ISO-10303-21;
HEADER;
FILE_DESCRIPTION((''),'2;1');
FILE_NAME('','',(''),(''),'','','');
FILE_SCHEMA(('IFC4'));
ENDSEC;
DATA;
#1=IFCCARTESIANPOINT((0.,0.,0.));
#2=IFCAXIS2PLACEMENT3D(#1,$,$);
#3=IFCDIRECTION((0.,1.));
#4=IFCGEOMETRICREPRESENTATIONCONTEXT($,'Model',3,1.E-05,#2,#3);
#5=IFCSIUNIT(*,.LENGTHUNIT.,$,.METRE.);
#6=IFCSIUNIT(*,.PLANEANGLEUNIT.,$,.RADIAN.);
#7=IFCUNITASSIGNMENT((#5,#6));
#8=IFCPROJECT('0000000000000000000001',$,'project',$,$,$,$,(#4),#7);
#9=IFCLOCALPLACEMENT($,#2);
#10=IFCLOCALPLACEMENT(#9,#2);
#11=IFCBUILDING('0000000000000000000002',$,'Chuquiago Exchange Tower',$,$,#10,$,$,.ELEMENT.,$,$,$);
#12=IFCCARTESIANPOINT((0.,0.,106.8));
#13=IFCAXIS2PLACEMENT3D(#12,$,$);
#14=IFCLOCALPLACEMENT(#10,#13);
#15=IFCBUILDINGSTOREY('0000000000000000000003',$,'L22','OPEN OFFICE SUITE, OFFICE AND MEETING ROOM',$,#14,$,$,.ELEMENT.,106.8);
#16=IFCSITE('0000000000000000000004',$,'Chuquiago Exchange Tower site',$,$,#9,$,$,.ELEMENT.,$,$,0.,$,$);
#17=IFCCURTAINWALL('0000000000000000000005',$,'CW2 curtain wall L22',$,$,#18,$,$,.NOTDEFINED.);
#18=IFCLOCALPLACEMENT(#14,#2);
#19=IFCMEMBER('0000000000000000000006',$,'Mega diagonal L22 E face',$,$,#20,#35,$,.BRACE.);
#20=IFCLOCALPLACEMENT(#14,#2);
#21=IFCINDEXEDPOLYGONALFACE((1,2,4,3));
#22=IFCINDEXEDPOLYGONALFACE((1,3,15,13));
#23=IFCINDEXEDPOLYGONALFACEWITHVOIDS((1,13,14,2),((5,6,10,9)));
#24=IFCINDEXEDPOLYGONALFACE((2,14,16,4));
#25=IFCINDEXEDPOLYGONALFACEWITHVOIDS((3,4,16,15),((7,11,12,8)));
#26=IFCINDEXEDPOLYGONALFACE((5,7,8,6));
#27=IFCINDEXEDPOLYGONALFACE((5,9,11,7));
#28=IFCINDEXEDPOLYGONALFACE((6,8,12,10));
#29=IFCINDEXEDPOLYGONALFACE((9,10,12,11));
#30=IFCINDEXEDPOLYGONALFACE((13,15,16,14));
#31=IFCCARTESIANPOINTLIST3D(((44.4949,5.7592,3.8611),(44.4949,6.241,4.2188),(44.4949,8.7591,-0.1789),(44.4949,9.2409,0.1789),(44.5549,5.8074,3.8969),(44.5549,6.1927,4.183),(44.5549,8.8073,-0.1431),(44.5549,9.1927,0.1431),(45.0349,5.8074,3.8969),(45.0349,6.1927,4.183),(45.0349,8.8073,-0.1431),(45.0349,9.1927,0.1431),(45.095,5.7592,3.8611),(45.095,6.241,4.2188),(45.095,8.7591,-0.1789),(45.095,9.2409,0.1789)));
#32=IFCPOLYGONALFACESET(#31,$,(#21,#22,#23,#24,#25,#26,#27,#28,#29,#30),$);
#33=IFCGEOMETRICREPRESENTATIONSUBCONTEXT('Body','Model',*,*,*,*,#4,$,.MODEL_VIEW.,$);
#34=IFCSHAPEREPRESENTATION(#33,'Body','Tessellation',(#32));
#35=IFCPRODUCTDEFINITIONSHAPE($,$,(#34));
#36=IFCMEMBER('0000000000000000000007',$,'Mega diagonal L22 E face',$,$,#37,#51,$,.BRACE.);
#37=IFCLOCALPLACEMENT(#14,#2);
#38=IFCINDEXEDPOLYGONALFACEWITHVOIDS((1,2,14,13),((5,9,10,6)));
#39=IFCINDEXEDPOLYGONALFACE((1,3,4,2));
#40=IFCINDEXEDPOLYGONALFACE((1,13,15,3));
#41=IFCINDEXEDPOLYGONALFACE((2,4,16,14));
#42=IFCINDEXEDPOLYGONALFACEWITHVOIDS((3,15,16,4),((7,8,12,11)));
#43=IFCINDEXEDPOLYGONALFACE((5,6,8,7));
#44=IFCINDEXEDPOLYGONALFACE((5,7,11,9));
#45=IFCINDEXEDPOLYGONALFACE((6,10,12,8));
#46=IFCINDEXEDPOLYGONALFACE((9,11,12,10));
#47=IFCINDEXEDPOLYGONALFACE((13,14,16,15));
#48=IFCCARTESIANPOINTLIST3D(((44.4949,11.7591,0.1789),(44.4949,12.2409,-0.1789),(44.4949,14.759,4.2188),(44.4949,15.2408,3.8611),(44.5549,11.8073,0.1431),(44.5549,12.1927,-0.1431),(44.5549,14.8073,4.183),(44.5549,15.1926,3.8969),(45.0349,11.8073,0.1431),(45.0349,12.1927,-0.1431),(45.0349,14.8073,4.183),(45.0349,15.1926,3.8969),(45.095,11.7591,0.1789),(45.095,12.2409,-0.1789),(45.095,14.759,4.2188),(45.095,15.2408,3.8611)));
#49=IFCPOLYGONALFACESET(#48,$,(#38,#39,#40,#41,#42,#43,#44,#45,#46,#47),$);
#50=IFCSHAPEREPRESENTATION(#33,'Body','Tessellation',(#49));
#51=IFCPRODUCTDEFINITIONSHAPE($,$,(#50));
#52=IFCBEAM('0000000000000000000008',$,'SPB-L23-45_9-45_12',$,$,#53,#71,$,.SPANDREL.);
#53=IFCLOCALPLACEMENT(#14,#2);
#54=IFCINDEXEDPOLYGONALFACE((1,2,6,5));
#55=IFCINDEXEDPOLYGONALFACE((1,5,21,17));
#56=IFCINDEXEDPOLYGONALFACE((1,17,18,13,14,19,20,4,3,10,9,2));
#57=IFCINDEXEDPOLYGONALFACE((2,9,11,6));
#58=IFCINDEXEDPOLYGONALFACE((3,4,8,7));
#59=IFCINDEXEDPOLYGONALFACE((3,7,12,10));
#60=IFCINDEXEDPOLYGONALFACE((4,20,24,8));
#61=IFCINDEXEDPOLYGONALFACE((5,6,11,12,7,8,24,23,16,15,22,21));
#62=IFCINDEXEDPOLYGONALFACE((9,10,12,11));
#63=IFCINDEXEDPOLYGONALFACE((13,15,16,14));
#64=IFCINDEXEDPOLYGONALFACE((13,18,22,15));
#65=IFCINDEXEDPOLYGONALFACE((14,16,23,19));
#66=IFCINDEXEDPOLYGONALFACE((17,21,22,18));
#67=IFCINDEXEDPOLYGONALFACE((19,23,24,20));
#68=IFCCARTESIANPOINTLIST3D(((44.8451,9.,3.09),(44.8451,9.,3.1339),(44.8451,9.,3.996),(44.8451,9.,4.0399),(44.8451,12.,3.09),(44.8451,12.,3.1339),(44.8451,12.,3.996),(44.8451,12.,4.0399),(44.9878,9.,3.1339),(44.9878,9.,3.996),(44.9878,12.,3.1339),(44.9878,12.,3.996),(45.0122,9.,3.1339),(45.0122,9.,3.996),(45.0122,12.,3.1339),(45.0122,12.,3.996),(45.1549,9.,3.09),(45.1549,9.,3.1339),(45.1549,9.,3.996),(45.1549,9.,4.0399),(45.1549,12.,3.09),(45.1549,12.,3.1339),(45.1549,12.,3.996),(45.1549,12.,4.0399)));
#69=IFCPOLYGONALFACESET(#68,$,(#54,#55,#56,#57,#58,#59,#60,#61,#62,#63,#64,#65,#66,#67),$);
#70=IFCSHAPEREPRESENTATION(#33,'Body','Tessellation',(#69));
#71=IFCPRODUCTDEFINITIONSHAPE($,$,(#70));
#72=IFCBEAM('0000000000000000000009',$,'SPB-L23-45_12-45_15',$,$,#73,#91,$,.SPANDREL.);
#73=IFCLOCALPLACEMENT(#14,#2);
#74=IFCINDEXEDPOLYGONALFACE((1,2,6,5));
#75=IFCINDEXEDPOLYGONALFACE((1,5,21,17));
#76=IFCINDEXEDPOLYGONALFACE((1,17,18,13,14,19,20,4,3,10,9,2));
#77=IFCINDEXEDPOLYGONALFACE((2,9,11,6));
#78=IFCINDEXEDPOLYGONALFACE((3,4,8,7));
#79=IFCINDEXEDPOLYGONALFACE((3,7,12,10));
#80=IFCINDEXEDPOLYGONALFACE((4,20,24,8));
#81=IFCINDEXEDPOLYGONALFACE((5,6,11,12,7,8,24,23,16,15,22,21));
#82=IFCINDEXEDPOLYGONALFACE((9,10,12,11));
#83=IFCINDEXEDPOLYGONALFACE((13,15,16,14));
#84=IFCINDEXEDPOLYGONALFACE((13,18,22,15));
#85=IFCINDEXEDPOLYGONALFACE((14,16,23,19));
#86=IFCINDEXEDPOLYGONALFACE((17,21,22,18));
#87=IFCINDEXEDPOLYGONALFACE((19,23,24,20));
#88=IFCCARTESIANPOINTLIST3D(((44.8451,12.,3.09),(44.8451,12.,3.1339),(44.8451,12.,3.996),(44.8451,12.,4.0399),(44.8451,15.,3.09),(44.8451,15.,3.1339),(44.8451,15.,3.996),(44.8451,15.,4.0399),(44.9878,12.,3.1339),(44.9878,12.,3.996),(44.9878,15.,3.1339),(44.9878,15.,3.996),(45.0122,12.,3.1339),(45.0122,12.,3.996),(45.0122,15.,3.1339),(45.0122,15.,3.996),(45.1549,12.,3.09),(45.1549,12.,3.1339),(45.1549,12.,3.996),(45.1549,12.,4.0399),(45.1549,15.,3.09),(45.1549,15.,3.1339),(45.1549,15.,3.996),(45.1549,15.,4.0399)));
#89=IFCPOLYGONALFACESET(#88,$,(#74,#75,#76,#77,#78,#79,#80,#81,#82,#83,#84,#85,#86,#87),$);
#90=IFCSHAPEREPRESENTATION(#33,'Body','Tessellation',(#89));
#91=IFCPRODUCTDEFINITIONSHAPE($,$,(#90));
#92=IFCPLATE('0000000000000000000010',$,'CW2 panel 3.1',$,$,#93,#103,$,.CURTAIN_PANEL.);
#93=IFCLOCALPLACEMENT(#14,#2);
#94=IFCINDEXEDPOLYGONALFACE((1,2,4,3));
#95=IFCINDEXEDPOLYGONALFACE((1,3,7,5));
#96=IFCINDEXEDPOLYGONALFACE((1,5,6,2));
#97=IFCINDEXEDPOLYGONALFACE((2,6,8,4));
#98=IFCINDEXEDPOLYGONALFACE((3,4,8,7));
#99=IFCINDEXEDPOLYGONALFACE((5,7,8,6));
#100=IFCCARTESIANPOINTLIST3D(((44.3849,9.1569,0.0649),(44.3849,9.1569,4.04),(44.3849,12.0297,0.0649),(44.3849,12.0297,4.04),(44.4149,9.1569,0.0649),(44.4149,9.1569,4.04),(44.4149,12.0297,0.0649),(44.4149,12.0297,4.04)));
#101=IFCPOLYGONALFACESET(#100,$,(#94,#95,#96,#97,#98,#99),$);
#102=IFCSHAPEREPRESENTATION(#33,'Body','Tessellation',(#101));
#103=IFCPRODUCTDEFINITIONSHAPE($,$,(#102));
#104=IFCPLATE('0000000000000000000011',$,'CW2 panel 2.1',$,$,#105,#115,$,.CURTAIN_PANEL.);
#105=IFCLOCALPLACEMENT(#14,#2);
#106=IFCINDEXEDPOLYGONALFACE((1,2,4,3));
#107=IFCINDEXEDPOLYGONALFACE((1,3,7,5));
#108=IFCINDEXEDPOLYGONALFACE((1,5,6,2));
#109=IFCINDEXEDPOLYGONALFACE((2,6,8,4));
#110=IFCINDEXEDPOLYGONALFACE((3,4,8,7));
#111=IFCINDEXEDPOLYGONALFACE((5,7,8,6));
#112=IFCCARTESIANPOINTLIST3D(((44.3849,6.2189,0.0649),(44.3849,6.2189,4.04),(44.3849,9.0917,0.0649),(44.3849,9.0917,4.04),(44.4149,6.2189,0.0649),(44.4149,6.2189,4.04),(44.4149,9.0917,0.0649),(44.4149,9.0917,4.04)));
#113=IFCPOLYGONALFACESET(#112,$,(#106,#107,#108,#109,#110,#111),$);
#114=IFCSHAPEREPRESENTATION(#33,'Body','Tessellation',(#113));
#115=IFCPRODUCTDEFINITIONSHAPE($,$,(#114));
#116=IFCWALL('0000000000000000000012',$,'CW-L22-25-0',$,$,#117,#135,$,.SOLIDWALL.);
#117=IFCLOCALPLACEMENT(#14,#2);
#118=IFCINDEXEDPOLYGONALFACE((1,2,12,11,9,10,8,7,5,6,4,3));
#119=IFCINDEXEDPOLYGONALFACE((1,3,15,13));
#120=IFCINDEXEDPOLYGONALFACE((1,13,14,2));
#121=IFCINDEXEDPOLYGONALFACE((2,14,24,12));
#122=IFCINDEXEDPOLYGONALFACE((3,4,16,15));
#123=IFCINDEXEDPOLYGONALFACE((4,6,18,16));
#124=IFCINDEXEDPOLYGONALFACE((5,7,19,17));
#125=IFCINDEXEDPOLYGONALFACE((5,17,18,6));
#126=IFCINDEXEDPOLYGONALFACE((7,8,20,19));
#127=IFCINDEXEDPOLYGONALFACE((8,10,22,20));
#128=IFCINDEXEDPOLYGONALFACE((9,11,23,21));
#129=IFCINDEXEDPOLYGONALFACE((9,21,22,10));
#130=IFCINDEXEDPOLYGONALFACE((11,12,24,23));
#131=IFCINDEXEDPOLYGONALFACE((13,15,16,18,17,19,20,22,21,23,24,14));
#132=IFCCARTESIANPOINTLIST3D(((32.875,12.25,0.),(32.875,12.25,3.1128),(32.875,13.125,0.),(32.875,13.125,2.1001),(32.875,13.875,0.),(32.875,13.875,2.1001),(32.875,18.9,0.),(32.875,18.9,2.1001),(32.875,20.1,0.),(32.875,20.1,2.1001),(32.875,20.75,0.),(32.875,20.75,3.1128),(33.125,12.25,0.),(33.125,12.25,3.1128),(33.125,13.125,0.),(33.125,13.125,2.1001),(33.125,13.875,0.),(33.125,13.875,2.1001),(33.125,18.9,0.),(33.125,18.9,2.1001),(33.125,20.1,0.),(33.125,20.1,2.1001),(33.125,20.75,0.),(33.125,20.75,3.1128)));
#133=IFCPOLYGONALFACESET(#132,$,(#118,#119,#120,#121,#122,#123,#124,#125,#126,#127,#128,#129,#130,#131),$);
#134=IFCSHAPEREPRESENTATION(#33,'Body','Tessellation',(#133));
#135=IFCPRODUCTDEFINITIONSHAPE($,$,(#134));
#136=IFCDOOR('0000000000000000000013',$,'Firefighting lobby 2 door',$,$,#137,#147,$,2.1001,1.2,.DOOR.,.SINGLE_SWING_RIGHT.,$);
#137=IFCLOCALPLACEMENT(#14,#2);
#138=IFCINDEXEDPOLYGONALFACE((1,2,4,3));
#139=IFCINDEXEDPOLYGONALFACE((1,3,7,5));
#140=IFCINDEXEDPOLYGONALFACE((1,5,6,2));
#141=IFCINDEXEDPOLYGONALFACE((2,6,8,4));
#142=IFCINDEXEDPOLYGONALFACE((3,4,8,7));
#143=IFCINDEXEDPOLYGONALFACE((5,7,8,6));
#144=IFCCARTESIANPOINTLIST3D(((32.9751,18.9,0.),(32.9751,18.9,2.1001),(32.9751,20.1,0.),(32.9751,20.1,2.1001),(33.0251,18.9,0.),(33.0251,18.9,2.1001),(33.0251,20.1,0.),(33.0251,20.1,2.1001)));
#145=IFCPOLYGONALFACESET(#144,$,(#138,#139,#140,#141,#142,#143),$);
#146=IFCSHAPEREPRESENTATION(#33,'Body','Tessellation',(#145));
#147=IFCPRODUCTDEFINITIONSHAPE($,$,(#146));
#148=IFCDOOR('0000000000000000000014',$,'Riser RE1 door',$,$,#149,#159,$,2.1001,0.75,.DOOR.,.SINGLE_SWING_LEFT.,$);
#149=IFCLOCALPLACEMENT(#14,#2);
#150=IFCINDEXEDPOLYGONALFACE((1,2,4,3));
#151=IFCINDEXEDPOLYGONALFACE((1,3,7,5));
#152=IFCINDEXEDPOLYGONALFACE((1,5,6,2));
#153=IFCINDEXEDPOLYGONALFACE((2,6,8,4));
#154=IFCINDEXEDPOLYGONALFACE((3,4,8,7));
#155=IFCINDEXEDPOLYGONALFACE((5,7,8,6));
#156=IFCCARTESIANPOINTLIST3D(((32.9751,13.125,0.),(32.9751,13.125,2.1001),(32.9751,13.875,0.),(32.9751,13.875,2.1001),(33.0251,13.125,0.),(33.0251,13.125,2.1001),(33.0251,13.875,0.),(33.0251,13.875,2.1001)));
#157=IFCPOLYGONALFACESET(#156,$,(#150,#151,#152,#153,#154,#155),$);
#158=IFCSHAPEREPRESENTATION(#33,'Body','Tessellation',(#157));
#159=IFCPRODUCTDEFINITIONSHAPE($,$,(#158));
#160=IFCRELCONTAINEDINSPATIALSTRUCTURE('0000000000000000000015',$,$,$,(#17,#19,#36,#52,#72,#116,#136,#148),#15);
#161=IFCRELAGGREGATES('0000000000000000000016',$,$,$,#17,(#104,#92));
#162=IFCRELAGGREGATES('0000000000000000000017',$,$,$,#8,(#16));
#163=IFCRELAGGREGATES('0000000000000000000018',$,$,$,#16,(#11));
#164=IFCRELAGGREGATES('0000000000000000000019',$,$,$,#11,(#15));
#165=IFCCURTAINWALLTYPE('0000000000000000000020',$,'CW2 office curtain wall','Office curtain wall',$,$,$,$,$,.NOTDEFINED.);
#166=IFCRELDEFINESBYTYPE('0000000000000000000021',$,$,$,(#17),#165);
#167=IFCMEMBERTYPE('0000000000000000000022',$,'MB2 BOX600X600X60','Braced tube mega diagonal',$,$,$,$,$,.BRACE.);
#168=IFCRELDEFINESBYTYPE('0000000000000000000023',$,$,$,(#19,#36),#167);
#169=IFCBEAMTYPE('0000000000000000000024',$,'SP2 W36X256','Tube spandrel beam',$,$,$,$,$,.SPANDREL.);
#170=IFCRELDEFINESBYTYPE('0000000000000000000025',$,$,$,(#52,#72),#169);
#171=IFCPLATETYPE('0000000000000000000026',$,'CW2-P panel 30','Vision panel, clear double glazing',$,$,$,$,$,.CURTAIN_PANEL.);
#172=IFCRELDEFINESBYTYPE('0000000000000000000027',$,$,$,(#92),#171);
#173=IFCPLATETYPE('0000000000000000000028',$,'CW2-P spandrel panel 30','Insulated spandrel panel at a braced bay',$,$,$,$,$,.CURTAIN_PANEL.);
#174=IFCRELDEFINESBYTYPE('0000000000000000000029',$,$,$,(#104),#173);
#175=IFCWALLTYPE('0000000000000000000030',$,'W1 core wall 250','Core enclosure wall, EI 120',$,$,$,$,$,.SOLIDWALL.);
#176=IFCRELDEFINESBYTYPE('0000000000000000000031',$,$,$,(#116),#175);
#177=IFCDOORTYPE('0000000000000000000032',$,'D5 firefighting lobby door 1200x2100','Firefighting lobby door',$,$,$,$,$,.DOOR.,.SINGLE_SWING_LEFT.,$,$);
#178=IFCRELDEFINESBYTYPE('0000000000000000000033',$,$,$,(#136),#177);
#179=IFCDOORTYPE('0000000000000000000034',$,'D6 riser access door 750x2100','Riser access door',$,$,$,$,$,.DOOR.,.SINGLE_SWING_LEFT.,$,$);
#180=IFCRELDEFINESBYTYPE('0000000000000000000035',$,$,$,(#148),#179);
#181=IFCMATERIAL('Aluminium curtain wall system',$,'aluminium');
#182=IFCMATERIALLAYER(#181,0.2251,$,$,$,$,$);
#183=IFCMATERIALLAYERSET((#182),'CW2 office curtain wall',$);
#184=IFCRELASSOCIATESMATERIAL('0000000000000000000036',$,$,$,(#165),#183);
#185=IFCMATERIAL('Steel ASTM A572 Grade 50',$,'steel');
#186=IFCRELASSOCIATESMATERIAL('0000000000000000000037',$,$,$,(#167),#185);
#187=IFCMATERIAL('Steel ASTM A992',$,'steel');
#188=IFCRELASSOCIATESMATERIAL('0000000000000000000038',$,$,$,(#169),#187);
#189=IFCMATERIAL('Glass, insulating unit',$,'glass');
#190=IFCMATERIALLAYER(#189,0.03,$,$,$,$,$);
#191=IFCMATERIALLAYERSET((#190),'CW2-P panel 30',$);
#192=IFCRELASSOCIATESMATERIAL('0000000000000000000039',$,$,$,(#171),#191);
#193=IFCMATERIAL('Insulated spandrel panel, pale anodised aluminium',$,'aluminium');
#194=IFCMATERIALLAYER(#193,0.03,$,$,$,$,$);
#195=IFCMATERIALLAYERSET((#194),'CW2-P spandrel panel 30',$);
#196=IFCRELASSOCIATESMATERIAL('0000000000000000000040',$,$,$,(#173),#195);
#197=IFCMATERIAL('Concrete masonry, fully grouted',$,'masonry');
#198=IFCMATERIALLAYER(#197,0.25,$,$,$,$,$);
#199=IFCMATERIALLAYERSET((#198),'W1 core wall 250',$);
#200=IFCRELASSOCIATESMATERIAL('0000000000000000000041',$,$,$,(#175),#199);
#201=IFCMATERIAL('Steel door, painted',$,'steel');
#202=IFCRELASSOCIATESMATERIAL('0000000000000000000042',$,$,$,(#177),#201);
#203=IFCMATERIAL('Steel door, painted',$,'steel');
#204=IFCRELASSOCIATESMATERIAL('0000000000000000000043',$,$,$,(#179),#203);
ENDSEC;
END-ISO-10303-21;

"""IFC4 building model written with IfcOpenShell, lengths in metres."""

from ifc_helpers import new_model, si_unit, direction, frame, frame_2d, origin, origin_2d, place, context, subcontext, project, spatial, rectangle, hollow_rectangle, i_section, extrude, material, layer, layer_set, material_profile, profile_set, type_object, element, fill, aggregate, save


model = new_model("IFC4")

# Units and contexts
model_context = context("Model", 3, precision=1e-05, world=origin(), true_north=direction((0.0, 1.0)))
body_context = subcontext(model_context, "Body", "Model", "MODEL_VIEW")
ifc_project = project(units=[si_unit("LENGTHUNIT", "METRE"), si_unit("PLANEANGLEUNIT", "RADIAN")], contexts=[model_context])

# Site, building, storey
site_placement = place(None, origin())
site = spatial("IfcSite", under=ifc_project, at=site_placement, Name="Chuquiago Exchange Tower site", CompositionType="ELEMENT", RefElevation=0.0)
building_placement = place(site_placement, origin())
building = spatial("IfcBuilding", under=site, at=building_placement, Name="Chuquiago Exchange Tower", CompositionType="ELEMENT")
storey_placement = place(building_placement, frame((0.0, 0.0, 106.8)))
storey = spatial("IfcBuildingStorey", under=building, at=storey_placement, Name="L22", Description="OPEN OFFICE SUITE, OFFICE AND MEETING ROOM", CompositionType="ELEMENT", Elevation=106.8)

# Curtain wall
ifc_material_1 = material(Name="Aluminium curtain wall system", Category="aluminium")
ifc_layer_1 = layer(ifc_material_1, 0.2251)
ifc_layer_set_1 = layer_set([ifc_layer_1], Name="CW2 office curtain wall")
curtain_wall_type = type_object("IfcCurtainWallType", Name="CW2 office curtain wall", Description="Office curtain wall", PredefinedType="NOTDEFINED", material=ifc_layer_set_1)
curtain_wall_placement = place(storey_placement, origin())
curtain_wall = element("IfcCurtainWall", 1, at=curtain_wall_placement, inside=storey, type_object=curtain_wall_type, Name="CW2 curtain wall L22", PredefinedType="NOTDEFINED")

# Members
ifc_material_2 = material(Name="Steel ASTM A572 Grade 50", Category="steel")
ifc_material_profile_1 = material_profile(ifc_material_2, hollow_rectangle(XDim=0.6001, YDim=0.6001, WallThickness=0.0601, at=origin_2d()), Name="BOX600X600X60")
ifc_profile_set_1 = profile_set([ifc_material_profile_1], Name="Steel ASTM A572 Grade 50")
member_type_1 = type_object("IfcMemberType", Name="MB2 BOX600X600X60", Description="Braced tube mega diagonal", PredefinedType="BRACE", material=ifc_profile_set_1)
for number, where, z_axis, x_axis, name in (
    (2, (44.7949, 9.0, 0.0), (0.0, -0.596174, 0.802855), (1.0, 0.0, 0.0), "Mega diagonal L22 E face"),
    (3, (44.7949, 12.0, 0.0), (0.0, 0.596174, 0.802855), (-1.0, 0.0, 0.0), "Mega diagonal L22 E face"),
):
    element("IfcMember", number, at=place(storey_placement, frame(where, z_axis=z_axis, x_axis=x_axis)), inside=storey, type_object=member_type_1, Name=name, PredefinedType="BRACE", context=body_context, shape_type="SweptSolid", body=[
        extrude(hollow_rectangle(XDim=0.6001, YDim=0.6001, WallThickness=0.0601, at=origin_2d()), origin(), (0.0, 0.0, 1.0), 5.032),
    ])

# Beams
ifc_material_3 = material(Name="Steel ASTM A992", Category="steel")
ifc_material_profile_2 = material_profile(ifc_material_3, i_section(OverallWidth=0.3098, OverallDepth=0.95, WebThickness=0.0244, FlangeThickness=0.0439, at=origin_2d()), Name="W36X256")
ifc_profile_set_2 = profile_set([ifc_material_profile_2], Name="Steel ASTM A992")
beam_type_1 = type_object("IfcBeamType", Name="SP2 W36X256", Description="Tube spandrel beam", PredefinedType="SPANDREL", material=ifc_profile_set_2)
for number, where, z_axis, x_axis, name in (
    (4, (45.0, 9.0, 3.5649), (0.0, 1.0, 0.0), (-1.0, 0.0, 0.0), "SPB-L23-45_9-45_12"),
    (5, (45.0, 12.0, 3.5649), (0.0, 1.0, 0.0), (-1.0, 0.0, 0.0), "SPB-L23-45_12-45_15"),
):
    element("IfcBeam", number, at=place(storey_placement, frame(where, z_axis=z_axis, x_axis=x_axis)), inside=storey, type_object=beam_type_1, Name=name, PredefinedType="SPANDREL", context=body_context, shape_type="SweptSolid", body=[
        extrude(i_section(OverallWidth=0.3098, OverallDepth=0.95, WebThickness=0.0244, FlangeThickness=0.0439, at=origin_2d()), origin(), (0.0, 0.0, 1.0), 3.0),
    ])

# Plates
ifc_material_4 = material(Name="Glass, insulating unit", Category="glass")
ifc_layer_2 = layer(ifc_material_4, 0.03)
ifc_layer_set_2 = layer_set([ifc_layer_2], Name="CW2-P panel 30")
plate_type_1 = type_object("IfcPlateType", Name="CW2-P panel 30", Description="Vision panel, clear double glazing", PredefinedType="CURTAIN_PANEL", material=ifc_layer_set_2)
plate_1_placement = place(storey_placement, frame((44.3999, 10.5933, 0.0649), z_axis=(0.0, 0.0, 1.0), x_axis=(0.0, 1.0, 0.0)))
plate_1 = element("IfcPlate", 6, at=plate_1_placement, type_object=plate_type_1, Name="CW2 panel 3.1", PredefinedType="CURTAIN_PANEL", context=body_context, shape_type="SweptSolid", body=[
    extrude(rectangle(XDim=2.8728, YDim=0.03, at=origin_2d()), origin(), (0.0, 0.0, 1.0), 3.9751),
])
ifc_material_5 = material(Name="Insulated spandrel panel, pale anodised aluminium", Category="aluminium")
ifc_layer_3 = layer(ifc_material_5, 0.03)
ifc_layer_set_3 = layer_set([ifc_layer_3], Name="CW2-P spandrel panel 30")
plate_type_2 = type_object("IfcPlateType", Name="CW2-P spandrel panel 30", Description="Insulated spandrel panel at a braced bay", PredefinedType="CURTAIN_PANEL", material=ifc_layer_set_3)
plate_2_placement = place(storey_placement, frame((44.3999, 7.6553, 0.0649), z_axis=(0.0, 0.0, 1.0), x_axis=(0.0, 1.0, 0.0)))
plate_2 = element("IfcPlate", 7, at=plate_2_placement, type_object=plate_type_2, Name="CW2 panel 2.1", PredefinedType="CURTAIN_PANEL", context=body_context, shape_type="SweptSolid", body=[
    extrude(rectangle(XDim=2.8728, YDim=0.03, at=origin_2d()), origin(), (0.0, 0.0, 1.0), 3.9751),
])
aggregate(curtain_wall, [plate_2, plate_1])

# Wall, openings, doors
ifc_material_6 = material(Name="Concrete masonry, fully grouted", Category="masonry")
ifc_layer_4 = layer(ifc_material_6, 0.25)
ifc_layer_set_4 = layer_set([ifc_layer_4], Name="W1 core wall 250")
wall_type_1 = type_object("IfcWallType", Name="W1 core wall 250", Description="Core enclosure wall, EI 120", PredefinedType="SOLIDWALL", material=ifc_layer_set_4)
wall_1_placement = place(storey_placement, frame((33.0, 12.25, 0.0), z_axis=(0.0, 0.0, 1.0), x_axis=(0.0, 1.0, 0.0)))
wall_1 = element("IfcWall", 8, at=wall_1_placement, inside=storey, type_object=wall_type_1, Name="CW-L22-25-0", PredefinedType="SOLIDWALL", context=body_context, shape_type="SweptSolid", body=[
    extrude(rectangle(XDim=8.5, YDim=0.25, at=frame_2d((4.25, 0.0))), origin(), (0.0, 0.0, 1.0), 3.1128),
])
opening_1_placement = place(wall_1_placement, frame((6.6499, 0.0, 0.0)))
opening_1 = element("IfcOpeningElement", 9, at=opening_1_placement, cuts=wall_1, PredefinedType="OPENING", context=body_context, shape_type="SweptSolid", body=[
    extrude(rectangle(XDim=1.2, YDim=2.1001, at=frame_2d((0.6001, 1.05))), frame((0.0, 0.135, 0.0), z_axis=(0.0, -1.0, 0.0), x_axis=(1.0, 0.0, 0.0)), (0.0, 0.0, 1.0), 0.27),
])
opening_2_placement = place(wall_1_placement, frame((0.875, 0.0, 0.0)))
opening_2 = element("IfcOpeningElement", 10, at=opening_2_placement, cuts=wall_1, PredefinedType="OPENING", context=body_context, shape_type="SweptSolid", body=[
    extrude(rectangle(XDim=0.75, YDim=2.1001, at=frame_2d((0.375, 1.05))), frame((0.0, 0.135, 0.0), z_axis=(0.0, -1.0, 0.0), x_axis=(1.0, 0.0, 0.0)), (0.0, 0.0, 1.0), 0.27),
])
ifc_material_7 = material(Name="Steel door, painted", Category="steel")
door_type_1 = type_object("IfcDoorType", Name="D5 firefighting lobby door 1200x2100", Description="Firefighting lobby door", OperationType="SINGLE_SWING_LEFT", PredefinedType="DOOR", material=ifc_material_7)
door_1_placement = place(opening_1_placement, origin())
door_1 = element("IfcDoor", 11, at=door_1_placement, inside=storey, type_object=door_type_1, Name="Firefighting lobby 2 door", OperationType="SINGLE_SWING_RIGHT", OverallHeight=2.1001, OverallWidth=1.2, PredefinedType="DOOR", context=body_context, shape_type="SweptSolid", body=[
    extrude(rectangle(XDim=1.2, YDim=2.1001, at=frame_2d((0.6001, 1.05))), frame((0.0, 0.0249, 0.0), z_axis=(0.0, -1.0, 0.0), x_axis=(1.0, 0.0, 0.0)), (0.0, 0.0, 1.0), 0.05),
])
fill(opening_1, door_1)
ifc_material_8 = material(Name="Steel door, painted", Category="steel")
door_type_2 = type_object("IfcDoorType", Name="D6 riser access door 750x2100", Description="Riser access door", OperationType="SINGLE_SWING_LEFT", PredefinedType="DOOR", material=ifc_material_8)
door_2_placement = place(opening_2_placement, origin())
door_2 = element("IfcDoor", 12, at=door_2_placement, inside=storey, type_object=door_type_2, Name="Riser RE1 door", OperationType="SINGLE_SWING_LEFT", OverallHeight=2.1001, OverallWidth=0.75, PredefinedType="DOOR", context=body_context, shape_type="SweptSolid", body=[
    extrude(rectangle(XDim=0.75, YDim=2.1001, at=frame_2d((0.375, 1.05))), frame((0.0, 0.0249, 0.0), z_axis=(0.0, -1.0, 0.0), x_axis=(1.0, 0.0, 0.0)), (0.0, 0.0, 1.0), 0.05),
])
fill(opening_2, door_2)

save(model, "model.ifc")
